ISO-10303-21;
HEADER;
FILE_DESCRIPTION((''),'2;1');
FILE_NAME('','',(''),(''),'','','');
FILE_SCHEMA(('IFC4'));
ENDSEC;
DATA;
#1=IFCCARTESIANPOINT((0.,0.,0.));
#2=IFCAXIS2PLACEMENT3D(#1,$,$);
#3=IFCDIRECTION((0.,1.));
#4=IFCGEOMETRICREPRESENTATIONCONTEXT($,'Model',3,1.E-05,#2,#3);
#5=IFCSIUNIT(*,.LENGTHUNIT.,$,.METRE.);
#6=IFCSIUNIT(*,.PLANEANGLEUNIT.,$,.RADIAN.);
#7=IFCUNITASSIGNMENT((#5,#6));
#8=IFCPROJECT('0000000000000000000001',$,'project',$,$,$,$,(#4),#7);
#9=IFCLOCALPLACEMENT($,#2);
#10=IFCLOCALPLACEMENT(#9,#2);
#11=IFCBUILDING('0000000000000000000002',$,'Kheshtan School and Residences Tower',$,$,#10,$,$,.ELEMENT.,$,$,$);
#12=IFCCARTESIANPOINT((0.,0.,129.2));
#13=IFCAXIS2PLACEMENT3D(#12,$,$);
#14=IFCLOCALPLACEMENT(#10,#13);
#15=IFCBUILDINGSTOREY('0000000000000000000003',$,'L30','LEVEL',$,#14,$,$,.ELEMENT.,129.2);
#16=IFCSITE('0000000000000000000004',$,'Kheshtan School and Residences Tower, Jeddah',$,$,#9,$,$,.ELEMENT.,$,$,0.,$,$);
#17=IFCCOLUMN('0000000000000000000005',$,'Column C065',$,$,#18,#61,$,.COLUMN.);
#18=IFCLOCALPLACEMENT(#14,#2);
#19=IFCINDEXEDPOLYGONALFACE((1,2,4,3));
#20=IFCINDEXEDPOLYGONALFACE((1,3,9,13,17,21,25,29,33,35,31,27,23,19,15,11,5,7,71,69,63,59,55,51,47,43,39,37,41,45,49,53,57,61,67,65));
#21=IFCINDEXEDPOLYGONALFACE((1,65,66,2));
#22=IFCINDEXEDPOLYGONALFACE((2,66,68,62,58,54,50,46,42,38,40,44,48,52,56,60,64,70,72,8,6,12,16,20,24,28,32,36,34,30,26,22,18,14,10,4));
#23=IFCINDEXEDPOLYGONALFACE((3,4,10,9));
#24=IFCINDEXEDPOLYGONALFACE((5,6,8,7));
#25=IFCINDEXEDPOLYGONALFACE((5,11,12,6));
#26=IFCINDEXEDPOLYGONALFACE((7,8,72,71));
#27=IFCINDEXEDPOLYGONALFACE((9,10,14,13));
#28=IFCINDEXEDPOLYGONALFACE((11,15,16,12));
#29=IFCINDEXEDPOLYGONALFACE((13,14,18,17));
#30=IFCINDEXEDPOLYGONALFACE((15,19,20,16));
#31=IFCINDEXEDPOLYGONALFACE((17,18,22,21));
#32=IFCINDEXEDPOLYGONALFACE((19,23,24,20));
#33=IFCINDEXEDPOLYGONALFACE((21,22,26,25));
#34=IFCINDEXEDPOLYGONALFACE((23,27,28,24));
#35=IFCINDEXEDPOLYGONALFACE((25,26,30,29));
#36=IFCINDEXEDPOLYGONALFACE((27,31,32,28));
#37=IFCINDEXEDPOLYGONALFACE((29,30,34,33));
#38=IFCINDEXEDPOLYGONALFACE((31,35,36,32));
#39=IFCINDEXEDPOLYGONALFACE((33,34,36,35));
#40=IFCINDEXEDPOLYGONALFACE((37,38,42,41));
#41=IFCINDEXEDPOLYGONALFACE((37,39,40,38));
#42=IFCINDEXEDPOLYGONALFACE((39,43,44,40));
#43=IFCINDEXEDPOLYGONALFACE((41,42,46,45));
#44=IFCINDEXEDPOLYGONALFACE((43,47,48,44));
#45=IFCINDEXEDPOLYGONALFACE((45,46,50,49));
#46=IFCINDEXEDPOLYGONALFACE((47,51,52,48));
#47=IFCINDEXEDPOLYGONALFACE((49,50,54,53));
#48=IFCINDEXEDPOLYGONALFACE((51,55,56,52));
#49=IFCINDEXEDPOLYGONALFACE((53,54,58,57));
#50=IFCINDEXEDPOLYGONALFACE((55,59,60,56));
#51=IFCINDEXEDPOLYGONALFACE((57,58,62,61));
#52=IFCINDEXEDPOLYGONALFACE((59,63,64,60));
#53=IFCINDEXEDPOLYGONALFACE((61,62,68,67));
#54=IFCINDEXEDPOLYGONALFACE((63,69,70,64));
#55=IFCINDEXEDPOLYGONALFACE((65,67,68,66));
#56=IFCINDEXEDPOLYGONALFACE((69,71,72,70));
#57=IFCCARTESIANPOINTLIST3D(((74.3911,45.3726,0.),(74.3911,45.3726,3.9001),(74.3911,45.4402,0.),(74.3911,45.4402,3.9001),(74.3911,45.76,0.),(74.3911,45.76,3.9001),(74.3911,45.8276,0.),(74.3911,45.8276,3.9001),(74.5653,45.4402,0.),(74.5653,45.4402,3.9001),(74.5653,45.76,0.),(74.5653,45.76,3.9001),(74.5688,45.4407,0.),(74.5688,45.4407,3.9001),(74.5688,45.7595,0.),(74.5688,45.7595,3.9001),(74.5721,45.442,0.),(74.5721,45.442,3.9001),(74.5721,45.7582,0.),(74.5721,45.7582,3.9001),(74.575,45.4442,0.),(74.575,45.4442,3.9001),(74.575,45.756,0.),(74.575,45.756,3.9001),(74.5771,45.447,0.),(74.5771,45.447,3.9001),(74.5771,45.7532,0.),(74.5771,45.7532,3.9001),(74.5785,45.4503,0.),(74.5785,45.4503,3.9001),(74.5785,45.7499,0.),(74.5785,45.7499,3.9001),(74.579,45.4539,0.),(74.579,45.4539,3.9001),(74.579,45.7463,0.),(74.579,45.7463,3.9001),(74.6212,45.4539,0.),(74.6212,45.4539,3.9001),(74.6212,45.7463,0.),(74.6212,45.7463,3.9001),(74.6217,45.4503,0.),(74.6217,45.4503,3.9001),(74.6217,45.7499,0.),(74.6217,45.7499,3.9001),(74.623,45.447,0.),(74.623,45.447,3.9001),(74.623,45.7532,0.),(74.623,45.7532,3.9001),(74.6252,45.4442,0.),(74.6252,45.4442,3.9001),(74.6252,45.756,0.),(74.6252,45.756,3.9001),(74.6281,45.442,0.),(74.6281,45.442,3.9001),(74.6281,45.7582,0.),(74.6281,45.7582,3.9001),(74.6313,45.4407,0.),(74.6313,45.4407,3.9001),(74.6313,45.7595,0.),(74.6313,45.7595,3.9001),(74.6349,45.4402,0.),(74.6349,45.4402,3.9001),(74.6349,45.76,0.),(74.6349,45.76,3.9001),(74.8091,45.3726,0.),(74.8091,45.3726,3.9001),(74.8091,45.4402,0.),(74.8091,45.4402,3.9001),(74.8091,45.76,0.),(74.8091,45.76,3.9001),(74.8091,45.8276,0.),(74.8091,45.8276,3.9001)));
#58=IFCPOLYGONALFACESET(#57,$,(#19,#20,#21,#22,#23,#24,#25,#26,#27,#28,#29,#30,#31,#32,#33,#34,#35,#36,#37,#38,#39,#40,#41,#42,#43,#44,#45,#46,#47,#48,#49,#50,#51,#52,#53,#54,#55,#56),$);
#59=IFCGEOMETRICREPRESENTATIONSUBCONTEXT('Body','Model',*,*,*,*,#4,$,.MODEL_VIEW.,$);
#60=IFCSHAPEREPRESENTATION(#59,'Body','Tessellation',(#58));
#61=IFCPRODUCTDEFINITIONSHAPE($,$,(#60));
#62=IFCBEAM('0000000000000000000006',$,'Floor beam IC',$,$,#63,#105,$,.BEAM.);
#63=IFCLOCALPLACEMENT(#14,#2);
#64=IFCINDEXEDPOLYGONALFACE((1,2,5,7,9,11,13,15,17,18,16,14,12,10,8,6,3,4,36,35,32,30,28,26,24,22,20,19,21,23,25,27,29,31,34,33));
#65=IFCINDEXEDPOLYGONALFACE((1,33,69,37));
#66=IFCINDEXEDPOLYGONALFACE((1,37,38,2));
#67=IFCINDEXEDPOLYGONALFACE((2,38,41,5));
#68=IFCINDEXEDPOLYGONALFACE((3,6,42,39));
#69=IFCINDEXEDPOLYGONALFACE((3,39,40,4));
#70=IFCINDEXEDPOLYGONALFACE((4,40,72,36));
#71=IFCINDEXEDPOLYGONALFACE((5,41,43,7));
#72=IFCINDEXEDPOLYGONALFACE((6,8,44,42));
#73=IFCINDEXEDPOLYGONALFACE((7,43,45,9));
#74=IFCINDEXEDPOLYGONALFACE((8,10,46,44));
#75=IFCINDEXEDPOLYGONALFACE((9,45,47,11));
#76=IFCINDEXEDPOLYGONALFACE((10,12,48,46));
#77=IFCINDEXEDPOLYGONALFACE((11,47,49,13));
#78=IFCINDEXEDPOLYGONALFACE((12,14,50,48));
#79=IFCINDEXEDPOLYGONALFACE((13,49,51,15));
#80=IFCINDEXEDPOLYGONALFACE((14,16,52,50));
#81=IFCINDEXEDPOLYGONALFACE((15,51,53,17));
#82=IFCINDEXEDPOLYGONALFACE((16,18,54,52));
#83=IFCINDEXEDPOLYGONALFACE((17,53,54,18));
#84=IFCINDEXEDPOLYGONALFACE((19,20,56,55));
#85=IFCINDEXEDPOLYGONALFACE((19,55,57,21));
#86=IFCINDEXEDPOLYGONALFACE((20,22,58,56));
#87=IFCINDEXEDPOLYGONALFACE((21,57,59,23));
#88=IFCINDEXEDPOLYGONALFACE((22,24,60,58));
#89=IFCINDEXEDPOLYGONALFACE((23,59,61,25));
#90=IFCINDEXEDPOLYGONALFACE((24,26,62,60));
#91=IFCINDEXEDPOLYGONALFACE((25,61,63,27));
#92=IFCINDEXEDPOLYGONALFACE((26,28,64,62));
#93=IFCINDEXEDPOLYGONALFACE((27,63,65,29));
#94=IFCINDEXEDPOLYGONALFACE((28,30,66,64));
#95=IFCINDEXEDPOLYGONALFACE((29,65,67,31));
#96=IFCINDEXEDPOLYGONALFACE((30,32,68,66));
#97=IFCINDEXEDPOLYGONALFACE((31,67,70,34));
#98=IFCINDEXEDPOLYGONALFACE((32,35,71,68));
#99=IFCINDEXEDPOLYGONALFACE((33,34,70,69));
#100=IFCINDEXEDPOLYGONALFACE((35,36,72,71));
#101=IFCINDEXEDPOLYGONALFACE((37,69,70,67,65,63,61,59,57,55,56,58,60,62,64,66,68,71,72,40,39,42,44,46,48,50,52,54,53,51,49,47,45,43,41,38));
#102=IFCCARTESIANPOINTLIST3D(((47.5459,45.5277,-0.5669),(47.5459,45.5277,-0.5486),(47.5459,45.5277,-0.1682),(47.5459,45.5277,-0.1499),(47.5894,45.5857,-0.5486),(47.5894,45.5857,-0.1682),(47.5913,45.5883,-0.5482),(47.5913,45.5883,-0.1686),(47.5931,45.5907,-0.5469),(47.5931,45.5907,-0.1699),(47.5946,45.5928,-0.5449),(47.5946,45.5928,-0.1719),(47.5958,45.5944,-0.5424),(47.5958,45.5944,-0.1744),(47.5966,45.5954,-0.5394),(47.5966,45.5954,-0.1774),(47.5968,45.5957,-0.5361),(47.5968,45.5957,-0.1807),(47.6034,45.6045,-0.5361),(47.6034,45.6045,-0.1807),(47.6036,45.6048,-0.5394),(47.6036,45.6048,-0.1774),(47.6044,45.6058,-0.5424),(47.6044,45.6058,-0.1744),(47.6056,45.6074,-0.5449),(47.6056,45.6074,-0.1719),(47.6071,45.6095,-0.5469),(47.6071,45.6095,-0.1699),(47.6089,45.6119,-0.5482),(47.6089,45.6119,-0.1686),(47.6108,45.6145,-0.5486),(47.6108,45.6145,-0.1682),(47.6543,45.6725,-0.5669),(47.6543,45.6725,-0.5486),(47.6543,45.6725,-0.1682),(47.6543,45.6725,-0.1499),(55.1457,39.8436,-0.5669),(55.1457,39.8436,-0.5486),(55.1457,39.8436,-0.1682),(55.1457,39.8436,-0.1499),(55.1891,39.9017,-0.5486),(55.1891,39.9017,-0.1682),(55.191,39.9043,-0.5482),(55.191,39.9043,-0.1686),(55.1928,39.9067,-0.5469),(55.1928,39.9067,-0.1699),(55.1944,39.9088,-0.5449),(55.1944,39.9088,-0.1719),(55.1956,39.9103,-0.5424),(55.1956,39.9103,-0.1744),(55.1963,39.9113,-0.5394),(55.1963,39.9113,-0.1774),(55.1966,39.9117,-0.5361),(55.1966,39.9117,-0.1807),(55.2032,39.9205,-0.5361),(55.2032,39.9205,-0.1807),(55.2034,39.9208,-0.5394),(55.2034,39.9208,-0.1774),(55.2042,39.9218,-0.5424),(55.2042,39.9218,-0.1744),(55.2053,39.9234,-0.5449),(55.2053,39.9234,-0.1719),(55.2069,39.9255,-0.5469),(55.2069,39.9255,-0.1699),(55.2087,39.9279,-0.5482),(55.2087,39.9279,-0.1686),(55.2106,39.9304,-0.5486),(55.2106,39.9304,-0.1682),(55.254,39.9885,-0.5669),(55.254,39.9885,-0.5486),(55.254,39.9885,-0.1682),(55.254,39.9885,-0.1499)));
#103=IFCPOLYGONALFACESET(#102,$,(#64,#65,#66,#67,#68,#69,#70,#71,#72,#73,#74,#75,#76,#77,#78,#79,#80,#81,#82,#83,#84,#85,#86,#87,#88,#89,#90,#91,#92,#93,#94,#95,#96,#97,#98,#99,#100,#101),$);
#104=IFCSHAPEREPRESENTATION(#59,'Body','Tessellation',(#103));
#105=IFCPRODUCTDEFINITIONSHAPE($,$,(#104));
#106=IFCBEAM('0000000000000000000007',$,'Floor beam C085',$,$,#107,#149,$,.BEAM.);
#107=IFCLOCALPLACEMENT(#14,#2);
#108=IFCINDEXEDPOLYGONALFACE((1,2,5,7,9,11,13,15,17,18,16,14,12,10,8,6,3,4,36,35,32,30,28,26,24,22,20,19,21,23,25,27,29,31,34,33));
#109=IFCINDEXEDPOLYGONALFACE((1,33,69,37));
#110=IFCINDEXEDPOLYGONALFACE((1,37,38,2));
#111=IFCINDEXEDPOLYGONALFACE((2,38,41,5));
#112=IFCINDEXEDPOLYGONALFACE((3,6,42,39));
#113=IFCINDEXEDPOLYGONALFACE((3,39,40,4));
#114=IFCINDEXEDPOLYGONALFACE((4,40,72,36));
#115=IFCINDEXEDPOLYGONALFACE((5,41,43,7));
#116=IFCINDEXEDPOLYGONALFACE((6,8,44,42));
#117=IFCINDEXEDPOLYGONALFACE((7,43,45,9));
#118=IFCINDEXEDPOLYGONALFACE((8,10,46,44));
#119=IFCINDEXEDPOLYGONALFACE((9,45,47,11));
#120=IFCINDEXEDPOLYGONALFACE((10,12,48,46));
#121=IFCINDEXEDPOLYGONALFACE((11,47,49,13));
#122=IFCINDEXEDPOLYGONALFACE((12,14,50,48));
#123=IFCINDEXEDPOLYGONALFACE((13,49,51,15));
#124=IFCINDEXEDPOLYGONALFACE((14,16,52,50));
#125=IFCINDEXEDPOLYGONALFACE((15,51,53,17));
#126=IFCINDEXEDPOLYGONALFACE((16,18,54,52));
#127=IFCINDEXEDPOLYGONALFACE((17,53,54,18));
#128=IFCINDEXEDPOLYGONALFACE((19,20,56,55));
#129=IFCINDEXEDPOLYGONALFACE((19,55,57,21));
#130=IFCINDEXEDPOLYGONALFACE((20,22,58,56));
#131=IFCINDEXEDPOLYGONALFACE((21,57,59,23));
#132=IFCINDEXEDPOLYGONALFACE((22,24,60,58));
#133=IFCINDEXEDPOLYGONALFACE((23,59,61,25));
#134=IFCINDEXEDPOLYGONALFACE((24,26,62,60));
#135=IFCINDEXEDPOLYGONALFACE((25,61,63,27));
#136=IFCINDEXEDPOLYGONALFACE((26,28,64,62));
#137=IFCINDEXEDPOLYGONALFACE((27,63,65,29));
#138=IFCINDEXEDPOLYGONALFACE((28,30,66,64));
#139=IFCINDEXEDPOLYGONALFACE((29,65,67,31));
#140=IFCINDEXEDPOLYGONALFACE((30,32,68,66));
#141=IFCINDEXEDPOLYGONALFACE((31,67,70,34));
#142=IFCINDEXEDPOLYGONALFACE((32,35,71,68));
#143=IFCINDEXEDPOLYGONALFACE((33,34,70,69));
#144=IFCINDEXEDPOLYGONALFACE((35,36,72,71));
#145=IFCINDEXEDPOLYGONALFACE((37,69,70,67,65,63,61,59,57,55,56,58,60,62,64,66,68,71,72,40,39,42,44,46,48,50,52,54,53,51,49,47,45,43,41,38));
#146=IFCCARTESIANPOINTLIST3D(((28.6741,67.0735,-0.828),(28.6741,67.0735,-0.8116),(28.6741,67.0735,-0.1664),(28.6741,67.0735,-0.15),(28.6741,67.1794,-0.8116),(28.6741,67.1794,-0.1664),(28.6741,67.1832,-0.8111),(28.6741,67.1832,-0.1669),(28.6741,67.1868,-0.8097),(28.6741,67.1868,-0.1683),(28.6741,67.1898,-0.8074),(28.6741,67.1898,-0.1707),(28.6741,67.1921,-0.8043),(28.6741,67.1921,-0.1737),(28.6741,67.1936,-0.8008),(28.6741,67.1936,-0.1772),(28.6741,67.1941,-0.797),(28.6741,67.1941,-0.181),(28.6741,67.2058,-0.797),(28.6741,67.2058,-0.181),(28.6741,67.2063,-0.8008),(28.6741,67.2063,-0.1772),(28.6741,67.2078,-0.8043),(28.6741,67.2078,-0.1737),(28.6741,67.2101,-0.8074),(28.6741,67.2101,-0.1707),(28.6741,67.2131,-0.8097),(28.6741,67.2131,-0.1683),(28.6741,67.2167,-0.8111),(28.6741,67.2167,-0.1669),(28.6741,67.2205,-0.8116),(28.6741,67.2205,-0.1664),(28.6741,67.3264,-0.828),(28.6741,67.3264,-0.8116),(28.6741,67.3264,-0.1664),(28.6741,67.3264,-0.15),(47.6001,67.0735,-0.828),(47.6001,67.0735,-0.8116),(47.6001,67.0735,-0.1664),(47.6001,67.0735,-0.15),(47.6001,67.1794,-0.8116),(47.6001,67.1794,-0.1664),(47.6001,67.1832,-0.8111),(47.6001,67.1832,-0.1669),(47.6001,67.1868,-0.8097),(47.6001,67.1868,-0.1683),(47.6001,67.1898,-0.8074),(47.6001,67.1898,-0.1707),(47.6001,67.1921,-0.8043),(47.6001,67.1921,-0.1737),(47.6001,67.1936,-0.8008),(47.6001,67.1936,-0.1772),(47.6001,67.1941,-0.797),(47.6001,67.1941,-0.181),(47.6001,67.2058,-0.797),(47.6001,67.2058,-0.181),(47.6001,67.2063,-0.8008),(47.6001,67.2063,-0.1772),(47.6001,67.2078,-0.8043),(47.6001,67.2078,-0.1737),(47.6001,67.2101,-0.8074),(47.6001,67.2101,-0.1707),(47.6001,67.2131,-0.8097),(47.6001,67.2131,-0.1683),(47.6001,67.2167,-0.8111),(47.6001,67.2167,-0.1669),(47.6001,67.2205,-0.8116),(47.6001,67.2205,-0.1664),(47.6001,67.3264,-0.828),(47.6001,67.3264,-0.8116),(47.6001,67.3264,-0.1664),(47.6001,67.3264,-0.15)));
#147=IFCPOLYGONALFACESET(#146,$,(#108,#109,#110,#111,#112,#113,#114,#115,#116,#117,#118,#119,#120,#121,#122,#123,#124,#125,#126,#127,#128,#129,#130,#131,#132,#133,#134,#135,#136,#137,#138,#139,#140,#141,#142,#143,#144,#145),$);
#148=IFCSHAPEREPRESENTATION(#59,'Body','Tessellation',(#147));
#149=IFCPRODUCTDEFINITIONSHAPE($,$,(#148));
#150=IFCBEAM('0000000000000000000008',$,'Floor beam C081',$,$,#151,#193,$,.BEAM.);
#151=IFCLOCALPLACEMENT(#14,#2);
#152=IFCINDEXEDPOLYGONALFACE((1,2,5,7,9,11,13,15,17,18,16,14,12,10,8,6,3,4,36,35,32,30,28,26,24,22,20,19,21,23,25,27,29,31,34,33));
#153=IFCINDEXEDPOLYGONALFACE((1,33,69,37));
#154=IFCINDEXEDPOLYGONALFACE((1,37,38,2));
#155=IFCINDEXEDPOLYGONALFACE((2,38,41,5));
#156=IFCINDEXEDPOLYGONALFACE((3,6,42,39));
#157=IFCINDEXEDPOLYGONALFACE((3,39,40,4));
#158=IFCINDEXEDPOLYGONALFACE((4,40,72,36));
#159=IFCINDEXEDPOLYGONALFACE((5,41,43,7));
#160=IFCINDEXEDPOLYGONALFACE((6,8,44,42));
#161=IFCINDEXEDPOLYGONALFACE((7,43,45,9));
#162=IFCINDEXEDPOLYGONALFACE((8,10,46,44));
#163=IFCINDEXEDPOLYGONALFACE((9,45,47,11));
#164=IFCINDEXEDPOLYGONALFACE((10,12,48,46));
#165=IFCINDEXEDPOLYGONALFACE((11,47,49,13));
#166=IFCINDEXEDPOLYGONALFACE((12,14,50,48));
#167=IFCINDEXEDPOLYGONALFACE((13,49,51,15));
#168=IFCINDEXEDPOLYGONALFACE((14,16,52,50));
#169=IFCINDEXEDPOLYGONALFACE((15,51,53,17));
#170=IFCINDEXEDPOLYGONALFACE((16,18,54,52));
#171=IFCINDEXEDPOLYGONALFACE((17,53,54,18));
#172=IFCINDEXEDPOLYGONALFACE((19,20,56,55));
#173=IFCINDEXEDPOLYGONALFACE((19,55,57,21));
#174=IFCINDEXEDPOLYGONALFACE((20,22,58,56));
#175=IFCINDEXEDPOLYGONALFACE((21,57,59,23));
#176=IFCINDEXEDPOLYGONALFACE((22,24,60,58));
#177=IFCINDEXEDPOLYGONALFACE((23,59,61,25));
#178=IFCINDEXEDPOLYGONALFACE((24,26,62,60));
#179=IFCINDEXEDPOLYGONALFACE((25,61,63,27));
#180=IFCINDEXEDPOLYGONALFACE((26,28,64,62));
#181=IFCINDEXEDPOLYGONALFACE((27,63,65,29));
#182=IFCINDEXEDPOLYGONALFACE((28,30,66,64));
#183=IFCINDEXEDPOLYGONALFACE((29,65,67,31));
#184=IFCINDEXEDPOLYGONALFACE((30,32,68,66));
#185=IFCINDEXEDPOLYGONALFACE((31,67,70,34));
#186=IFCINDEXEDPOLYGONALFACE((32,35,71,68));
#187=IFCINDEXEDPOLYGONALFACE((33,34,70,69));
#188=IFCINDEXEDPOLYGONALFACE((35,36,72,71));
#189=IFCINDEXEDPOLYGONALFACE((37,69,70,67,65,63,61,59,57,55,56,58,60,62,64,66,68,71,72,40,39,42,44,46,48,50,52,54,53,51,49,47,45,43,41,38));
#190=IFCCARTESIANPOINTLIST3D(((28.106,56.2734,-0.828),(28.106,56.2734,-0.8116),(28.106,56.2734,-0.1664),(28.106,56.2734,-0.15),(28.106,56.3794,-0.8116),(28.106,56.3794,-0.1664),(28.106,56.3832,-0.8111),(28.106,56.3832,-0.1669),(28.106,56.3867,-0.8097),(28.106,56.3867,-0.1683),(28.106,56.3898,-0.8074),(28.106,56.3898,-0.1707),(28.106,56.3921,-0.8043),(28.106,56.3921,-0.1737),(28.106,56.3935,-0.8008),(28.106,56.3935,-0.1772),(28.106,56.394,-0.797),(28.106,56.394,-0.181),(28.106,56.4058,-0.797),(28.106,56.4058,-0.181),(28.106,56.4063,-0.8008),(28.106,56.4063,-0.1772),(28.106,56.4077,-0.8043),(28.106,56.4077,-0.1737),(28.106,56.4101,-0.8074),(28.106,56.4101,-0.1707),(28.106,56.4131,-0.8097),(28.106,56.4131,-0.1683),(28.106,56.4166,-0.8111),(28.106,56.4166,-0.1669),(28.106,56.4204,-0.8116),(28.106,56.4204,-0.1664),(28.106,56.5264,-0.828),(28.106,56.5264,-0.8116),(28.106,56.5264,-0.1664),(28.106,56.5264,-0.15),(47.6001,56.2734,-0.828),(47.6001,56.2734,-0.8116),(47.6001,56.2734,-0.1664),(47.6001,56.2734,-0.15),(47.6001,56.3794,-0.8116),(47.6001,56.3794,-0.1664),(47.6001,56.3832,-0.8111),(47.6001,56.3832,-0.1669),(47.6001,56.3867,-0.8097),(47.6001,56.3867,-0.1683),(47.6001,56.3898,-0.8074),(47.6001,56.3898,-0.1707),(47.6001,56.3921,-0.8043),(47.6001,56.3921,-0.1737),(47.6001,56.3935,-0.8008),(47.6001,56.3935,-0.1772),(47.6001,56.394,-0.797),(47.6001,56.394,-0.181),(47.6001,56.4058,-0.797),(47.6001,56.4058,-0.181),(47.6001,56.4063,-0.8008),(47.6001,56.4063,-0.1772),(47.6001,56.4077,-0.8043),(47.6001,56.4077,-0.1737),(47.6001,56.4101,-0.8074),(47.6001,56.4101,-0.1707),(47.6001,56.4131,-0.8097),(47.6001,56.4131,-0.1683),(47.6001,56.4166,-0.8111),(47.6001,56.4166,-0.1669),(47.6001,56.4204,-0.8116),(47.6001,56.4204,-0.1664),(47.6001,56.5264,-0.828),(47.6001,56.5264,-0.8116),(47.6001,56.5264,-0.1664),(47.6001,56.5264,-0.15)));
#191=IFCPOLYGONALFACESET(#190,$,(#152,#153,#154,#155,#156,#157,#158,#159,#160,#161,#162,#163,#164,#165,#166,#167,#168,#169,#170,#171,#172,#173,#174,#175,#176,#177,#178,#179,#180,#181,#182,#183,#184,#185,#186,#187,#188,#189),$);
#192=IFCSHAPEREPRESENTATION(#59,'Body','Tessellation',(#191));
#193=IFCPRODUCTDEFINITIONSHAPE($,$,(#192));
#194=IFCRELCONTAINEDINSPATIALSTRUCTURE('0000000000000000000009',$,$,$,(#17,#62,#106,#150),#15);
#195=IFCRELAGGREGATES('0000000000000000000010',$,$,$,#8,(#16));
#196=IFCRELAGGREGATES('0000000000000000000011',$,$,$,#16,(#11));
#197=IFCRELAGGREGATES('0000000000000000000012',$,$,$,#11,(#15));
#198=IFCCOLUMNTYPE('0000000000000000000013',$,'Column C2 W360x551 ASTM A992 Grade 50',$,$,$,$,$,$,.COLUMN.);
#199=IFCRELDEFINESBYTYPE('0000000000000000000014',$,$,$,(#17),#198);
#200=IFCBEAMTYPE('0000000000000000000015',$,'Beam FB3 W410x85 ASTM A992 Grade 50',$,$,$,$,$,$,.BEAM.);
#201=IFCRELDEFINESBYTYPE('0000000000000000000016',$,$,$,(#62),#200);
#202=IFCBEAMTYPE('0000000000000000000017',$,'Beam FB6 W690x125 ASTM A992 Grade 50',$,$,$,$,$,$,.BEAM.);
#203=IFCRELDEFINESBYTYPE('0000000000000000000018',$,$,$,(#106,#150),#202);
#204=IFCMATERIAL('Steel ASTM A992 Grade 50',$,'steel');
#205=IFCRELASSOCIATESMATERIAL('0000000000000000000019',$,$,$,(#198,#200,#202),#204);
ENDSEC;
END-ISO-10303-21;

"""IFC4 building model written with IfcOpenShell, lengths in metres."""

from ifc_helpers import new_model, si_unit, direction, frame, origin, origin_2d, place, context, subcontext, project, spatial, i_section, extrude, material, material_profile, profile_set, type_object, element, save


model = new_model("IFC4")

# Units and contexts
model_context = context("Model", 3, precision=1e-05, world=origin(), true_north=direction((0.0, 1.0)))
body_context = subcontext(model_context, "Body", "Model", "MODEL_VIEW")
ifc_project = project(units=[si_unit("LENGTHUNIT", "METRE"), si_unit("PLANEANGLEUNIT", "RADIAN")], contexts=[model_context])

# Site, building, storey
site_placement = place(None, origin())
site = spatial("IfcSite", under=ifc_project, at=site_placement, Name="Kheshtan School and Residences Tower, Jeddah", CompositionType="ELEMENT", RefElevation=0.0)
building_placement = place(site_placement, origin())
building = spatial("IfcBuilding", under=site, at=building_placement, Name="Kheshtan School and Residences Tower", CompositionType="ELEMENT")
storey_placement = place(building_placement, frame((0.0, 0.0, 129.2)))
storey = spatial("IfcBuildingStorey", under=building, at=storey_placement, Name="L30", Description="LEVEL", CompositionType="ELEMENT", Elevation=129.2)

# Column
ifc_material_1 = material(Name="Steel ASTM A992 Grade 50", Category="steel")
ifc_material_profile_1 = material_profile(ifc_material_1, i_section(OverallWidth=0.418, OverallDepth=0.4551, WebThickness=0.0422, FlangeThickness=0.0676, FilletRadius=0.0137, at=origin_2d()), Name="W360x551")
ifc_profile_set_1 = profile_set([ifc_material_profile_1], Name="Steel ASTM A992 Grade 50")
column_type = type_object("IfcColumnType", Name="Column C2 W360x551 ASTM A992 Grade 50", PredefinedType="COLUMN", material=ifc_profile_set_1)
for number, where, z_axis, x_axis, name in (
    (1, (74.6001, 45.6001, 0.0), (0.0, 0.0, 1.0), (1.0, 0.0, 0.0), "Column C065"),
):
    element("IfcColumn", number, at=place(storey_placement, frame(where, z_axis=z_axis, x_axis=x_axis)), inside=storey, type_object=column_type, Name=name, PredefinedType="COLUMN", context=body_context, shape_type="SweptSolid", body=[
        extrude(i_section(OverallWidth=0.418, OverallDepth=0.4551, WebThickness=0.0422, FlangeThickness=0.0676, FilletRadius=0.0137, at=origin_2d()), origin(), (0.0, 0.0, 1.0), 3.9001),
    ])

# Beams
ifc_material_profile_2 = material_profile(ifc_material_1, i_section(OverallWidth=0.1809, OverallDepth=0.417, WebThickness=0.011, FlangeThickness=0.0183, FilletRadius=0.0125, at=origin_2d()), Name="W410x85")
ifc_profile_set_2 = profile_set([ifc_material_profile_2], Name="Steel ASTM A992 Grade 50")
beam_type_1 = type_object("IfcBeamType", Name="Beam FB3 W410x85 ASTM A992 Grade 50", PredefinedType="BEAM", material=ifc_profile_set_2)
beam_1_placement = place(storey_placement, frame((47.6001, 45.6001, -0.3584), z_axis=(0.800799, -0.598933, 0.0), x_axis=(0.598933, 0.800799, 0.0)))
element("IfcBeam", 2, at=beam_1_placement, inside=storey, type_object=beam_type_1, Name="Floor beam IC", PredefinedType="BEAM", context=body_context, shape_type="SweptSolid", body=[
    extrude(i_section(OverallWidth=0.1809, OverallDepth=0.417, WebThickness=0.011, FlangeThickness=0.0183, FilletRadius=0.0125, at=origin_2d()), origin(), (0.0, 0.0, 1.0), 9.4902),
])
ifc_material_profile_3 = material_profile(ifc_material_1, i_section(OverallWidth=0.2529, OverallDepth=0.678, WebThickness=0.0117, FlangeThickness=0.0164, FilletRadius=0.0146, at=origin_2d()), Name="W690x125")
ifc_profile_set_3 = profile_set([ifc_material_profile_3], Name="Steel ASTM A992 Grade 50")
beam_type_2 = type_object("IfcBeamType", Name="Beam FB6 W690x125 ASTM A992 Grade 50", PredefinedType="BEAM", material=ifc_profile_set_3)
beam_2_placement = place(storey_placement, frame((47.6001, 67.2, -0.489), z_axis=(-1.0, 0.0, 0.0), x_axis=(0.0, -1.0, 0.0)))
element("IfcBeam", 3, at=beam_2_placement, inside=storey, type_object=beam_type_2, Name="Floor beam C085", PredefinedType="BEAM", context=body_context, shape_type="SweptSolid", body=[
    extrude(i_section(OverallWidth=0.2529, OverallDepth=0.678, WebThickness=0.0117, FlangeThickness=0.0164, FilletRadius=0.0146, at=origin_2d()), origin(), (0.0, 0.0, 1.0), 18.926),
])
beam_3_placement = place(storey_placement, frame((47.6001, 56.3999, -0.489), z_axis=(-1.0, 0.0, 0.0), x_axis=(0.0, -1.0, 0.0)))
element("IfcBeam", 4, at=beam_3_placement, inside=storey, type_object=beam_type_2, Name="Floor beam C081", PredefinedType="BEAM", context=body_context, shape_type="SweptSolid", body=[
    extrude(i_section(OverallWidth=0.2529, OverallDepth=0.678, WebThickness=0.0117, FlangeThickness=0.0164, FilletRadius=0.0146, at=origin_2d()), origin(), (0.0, 0.0, 1.0), 19.4941),
])

save(model, "model.ifc")
